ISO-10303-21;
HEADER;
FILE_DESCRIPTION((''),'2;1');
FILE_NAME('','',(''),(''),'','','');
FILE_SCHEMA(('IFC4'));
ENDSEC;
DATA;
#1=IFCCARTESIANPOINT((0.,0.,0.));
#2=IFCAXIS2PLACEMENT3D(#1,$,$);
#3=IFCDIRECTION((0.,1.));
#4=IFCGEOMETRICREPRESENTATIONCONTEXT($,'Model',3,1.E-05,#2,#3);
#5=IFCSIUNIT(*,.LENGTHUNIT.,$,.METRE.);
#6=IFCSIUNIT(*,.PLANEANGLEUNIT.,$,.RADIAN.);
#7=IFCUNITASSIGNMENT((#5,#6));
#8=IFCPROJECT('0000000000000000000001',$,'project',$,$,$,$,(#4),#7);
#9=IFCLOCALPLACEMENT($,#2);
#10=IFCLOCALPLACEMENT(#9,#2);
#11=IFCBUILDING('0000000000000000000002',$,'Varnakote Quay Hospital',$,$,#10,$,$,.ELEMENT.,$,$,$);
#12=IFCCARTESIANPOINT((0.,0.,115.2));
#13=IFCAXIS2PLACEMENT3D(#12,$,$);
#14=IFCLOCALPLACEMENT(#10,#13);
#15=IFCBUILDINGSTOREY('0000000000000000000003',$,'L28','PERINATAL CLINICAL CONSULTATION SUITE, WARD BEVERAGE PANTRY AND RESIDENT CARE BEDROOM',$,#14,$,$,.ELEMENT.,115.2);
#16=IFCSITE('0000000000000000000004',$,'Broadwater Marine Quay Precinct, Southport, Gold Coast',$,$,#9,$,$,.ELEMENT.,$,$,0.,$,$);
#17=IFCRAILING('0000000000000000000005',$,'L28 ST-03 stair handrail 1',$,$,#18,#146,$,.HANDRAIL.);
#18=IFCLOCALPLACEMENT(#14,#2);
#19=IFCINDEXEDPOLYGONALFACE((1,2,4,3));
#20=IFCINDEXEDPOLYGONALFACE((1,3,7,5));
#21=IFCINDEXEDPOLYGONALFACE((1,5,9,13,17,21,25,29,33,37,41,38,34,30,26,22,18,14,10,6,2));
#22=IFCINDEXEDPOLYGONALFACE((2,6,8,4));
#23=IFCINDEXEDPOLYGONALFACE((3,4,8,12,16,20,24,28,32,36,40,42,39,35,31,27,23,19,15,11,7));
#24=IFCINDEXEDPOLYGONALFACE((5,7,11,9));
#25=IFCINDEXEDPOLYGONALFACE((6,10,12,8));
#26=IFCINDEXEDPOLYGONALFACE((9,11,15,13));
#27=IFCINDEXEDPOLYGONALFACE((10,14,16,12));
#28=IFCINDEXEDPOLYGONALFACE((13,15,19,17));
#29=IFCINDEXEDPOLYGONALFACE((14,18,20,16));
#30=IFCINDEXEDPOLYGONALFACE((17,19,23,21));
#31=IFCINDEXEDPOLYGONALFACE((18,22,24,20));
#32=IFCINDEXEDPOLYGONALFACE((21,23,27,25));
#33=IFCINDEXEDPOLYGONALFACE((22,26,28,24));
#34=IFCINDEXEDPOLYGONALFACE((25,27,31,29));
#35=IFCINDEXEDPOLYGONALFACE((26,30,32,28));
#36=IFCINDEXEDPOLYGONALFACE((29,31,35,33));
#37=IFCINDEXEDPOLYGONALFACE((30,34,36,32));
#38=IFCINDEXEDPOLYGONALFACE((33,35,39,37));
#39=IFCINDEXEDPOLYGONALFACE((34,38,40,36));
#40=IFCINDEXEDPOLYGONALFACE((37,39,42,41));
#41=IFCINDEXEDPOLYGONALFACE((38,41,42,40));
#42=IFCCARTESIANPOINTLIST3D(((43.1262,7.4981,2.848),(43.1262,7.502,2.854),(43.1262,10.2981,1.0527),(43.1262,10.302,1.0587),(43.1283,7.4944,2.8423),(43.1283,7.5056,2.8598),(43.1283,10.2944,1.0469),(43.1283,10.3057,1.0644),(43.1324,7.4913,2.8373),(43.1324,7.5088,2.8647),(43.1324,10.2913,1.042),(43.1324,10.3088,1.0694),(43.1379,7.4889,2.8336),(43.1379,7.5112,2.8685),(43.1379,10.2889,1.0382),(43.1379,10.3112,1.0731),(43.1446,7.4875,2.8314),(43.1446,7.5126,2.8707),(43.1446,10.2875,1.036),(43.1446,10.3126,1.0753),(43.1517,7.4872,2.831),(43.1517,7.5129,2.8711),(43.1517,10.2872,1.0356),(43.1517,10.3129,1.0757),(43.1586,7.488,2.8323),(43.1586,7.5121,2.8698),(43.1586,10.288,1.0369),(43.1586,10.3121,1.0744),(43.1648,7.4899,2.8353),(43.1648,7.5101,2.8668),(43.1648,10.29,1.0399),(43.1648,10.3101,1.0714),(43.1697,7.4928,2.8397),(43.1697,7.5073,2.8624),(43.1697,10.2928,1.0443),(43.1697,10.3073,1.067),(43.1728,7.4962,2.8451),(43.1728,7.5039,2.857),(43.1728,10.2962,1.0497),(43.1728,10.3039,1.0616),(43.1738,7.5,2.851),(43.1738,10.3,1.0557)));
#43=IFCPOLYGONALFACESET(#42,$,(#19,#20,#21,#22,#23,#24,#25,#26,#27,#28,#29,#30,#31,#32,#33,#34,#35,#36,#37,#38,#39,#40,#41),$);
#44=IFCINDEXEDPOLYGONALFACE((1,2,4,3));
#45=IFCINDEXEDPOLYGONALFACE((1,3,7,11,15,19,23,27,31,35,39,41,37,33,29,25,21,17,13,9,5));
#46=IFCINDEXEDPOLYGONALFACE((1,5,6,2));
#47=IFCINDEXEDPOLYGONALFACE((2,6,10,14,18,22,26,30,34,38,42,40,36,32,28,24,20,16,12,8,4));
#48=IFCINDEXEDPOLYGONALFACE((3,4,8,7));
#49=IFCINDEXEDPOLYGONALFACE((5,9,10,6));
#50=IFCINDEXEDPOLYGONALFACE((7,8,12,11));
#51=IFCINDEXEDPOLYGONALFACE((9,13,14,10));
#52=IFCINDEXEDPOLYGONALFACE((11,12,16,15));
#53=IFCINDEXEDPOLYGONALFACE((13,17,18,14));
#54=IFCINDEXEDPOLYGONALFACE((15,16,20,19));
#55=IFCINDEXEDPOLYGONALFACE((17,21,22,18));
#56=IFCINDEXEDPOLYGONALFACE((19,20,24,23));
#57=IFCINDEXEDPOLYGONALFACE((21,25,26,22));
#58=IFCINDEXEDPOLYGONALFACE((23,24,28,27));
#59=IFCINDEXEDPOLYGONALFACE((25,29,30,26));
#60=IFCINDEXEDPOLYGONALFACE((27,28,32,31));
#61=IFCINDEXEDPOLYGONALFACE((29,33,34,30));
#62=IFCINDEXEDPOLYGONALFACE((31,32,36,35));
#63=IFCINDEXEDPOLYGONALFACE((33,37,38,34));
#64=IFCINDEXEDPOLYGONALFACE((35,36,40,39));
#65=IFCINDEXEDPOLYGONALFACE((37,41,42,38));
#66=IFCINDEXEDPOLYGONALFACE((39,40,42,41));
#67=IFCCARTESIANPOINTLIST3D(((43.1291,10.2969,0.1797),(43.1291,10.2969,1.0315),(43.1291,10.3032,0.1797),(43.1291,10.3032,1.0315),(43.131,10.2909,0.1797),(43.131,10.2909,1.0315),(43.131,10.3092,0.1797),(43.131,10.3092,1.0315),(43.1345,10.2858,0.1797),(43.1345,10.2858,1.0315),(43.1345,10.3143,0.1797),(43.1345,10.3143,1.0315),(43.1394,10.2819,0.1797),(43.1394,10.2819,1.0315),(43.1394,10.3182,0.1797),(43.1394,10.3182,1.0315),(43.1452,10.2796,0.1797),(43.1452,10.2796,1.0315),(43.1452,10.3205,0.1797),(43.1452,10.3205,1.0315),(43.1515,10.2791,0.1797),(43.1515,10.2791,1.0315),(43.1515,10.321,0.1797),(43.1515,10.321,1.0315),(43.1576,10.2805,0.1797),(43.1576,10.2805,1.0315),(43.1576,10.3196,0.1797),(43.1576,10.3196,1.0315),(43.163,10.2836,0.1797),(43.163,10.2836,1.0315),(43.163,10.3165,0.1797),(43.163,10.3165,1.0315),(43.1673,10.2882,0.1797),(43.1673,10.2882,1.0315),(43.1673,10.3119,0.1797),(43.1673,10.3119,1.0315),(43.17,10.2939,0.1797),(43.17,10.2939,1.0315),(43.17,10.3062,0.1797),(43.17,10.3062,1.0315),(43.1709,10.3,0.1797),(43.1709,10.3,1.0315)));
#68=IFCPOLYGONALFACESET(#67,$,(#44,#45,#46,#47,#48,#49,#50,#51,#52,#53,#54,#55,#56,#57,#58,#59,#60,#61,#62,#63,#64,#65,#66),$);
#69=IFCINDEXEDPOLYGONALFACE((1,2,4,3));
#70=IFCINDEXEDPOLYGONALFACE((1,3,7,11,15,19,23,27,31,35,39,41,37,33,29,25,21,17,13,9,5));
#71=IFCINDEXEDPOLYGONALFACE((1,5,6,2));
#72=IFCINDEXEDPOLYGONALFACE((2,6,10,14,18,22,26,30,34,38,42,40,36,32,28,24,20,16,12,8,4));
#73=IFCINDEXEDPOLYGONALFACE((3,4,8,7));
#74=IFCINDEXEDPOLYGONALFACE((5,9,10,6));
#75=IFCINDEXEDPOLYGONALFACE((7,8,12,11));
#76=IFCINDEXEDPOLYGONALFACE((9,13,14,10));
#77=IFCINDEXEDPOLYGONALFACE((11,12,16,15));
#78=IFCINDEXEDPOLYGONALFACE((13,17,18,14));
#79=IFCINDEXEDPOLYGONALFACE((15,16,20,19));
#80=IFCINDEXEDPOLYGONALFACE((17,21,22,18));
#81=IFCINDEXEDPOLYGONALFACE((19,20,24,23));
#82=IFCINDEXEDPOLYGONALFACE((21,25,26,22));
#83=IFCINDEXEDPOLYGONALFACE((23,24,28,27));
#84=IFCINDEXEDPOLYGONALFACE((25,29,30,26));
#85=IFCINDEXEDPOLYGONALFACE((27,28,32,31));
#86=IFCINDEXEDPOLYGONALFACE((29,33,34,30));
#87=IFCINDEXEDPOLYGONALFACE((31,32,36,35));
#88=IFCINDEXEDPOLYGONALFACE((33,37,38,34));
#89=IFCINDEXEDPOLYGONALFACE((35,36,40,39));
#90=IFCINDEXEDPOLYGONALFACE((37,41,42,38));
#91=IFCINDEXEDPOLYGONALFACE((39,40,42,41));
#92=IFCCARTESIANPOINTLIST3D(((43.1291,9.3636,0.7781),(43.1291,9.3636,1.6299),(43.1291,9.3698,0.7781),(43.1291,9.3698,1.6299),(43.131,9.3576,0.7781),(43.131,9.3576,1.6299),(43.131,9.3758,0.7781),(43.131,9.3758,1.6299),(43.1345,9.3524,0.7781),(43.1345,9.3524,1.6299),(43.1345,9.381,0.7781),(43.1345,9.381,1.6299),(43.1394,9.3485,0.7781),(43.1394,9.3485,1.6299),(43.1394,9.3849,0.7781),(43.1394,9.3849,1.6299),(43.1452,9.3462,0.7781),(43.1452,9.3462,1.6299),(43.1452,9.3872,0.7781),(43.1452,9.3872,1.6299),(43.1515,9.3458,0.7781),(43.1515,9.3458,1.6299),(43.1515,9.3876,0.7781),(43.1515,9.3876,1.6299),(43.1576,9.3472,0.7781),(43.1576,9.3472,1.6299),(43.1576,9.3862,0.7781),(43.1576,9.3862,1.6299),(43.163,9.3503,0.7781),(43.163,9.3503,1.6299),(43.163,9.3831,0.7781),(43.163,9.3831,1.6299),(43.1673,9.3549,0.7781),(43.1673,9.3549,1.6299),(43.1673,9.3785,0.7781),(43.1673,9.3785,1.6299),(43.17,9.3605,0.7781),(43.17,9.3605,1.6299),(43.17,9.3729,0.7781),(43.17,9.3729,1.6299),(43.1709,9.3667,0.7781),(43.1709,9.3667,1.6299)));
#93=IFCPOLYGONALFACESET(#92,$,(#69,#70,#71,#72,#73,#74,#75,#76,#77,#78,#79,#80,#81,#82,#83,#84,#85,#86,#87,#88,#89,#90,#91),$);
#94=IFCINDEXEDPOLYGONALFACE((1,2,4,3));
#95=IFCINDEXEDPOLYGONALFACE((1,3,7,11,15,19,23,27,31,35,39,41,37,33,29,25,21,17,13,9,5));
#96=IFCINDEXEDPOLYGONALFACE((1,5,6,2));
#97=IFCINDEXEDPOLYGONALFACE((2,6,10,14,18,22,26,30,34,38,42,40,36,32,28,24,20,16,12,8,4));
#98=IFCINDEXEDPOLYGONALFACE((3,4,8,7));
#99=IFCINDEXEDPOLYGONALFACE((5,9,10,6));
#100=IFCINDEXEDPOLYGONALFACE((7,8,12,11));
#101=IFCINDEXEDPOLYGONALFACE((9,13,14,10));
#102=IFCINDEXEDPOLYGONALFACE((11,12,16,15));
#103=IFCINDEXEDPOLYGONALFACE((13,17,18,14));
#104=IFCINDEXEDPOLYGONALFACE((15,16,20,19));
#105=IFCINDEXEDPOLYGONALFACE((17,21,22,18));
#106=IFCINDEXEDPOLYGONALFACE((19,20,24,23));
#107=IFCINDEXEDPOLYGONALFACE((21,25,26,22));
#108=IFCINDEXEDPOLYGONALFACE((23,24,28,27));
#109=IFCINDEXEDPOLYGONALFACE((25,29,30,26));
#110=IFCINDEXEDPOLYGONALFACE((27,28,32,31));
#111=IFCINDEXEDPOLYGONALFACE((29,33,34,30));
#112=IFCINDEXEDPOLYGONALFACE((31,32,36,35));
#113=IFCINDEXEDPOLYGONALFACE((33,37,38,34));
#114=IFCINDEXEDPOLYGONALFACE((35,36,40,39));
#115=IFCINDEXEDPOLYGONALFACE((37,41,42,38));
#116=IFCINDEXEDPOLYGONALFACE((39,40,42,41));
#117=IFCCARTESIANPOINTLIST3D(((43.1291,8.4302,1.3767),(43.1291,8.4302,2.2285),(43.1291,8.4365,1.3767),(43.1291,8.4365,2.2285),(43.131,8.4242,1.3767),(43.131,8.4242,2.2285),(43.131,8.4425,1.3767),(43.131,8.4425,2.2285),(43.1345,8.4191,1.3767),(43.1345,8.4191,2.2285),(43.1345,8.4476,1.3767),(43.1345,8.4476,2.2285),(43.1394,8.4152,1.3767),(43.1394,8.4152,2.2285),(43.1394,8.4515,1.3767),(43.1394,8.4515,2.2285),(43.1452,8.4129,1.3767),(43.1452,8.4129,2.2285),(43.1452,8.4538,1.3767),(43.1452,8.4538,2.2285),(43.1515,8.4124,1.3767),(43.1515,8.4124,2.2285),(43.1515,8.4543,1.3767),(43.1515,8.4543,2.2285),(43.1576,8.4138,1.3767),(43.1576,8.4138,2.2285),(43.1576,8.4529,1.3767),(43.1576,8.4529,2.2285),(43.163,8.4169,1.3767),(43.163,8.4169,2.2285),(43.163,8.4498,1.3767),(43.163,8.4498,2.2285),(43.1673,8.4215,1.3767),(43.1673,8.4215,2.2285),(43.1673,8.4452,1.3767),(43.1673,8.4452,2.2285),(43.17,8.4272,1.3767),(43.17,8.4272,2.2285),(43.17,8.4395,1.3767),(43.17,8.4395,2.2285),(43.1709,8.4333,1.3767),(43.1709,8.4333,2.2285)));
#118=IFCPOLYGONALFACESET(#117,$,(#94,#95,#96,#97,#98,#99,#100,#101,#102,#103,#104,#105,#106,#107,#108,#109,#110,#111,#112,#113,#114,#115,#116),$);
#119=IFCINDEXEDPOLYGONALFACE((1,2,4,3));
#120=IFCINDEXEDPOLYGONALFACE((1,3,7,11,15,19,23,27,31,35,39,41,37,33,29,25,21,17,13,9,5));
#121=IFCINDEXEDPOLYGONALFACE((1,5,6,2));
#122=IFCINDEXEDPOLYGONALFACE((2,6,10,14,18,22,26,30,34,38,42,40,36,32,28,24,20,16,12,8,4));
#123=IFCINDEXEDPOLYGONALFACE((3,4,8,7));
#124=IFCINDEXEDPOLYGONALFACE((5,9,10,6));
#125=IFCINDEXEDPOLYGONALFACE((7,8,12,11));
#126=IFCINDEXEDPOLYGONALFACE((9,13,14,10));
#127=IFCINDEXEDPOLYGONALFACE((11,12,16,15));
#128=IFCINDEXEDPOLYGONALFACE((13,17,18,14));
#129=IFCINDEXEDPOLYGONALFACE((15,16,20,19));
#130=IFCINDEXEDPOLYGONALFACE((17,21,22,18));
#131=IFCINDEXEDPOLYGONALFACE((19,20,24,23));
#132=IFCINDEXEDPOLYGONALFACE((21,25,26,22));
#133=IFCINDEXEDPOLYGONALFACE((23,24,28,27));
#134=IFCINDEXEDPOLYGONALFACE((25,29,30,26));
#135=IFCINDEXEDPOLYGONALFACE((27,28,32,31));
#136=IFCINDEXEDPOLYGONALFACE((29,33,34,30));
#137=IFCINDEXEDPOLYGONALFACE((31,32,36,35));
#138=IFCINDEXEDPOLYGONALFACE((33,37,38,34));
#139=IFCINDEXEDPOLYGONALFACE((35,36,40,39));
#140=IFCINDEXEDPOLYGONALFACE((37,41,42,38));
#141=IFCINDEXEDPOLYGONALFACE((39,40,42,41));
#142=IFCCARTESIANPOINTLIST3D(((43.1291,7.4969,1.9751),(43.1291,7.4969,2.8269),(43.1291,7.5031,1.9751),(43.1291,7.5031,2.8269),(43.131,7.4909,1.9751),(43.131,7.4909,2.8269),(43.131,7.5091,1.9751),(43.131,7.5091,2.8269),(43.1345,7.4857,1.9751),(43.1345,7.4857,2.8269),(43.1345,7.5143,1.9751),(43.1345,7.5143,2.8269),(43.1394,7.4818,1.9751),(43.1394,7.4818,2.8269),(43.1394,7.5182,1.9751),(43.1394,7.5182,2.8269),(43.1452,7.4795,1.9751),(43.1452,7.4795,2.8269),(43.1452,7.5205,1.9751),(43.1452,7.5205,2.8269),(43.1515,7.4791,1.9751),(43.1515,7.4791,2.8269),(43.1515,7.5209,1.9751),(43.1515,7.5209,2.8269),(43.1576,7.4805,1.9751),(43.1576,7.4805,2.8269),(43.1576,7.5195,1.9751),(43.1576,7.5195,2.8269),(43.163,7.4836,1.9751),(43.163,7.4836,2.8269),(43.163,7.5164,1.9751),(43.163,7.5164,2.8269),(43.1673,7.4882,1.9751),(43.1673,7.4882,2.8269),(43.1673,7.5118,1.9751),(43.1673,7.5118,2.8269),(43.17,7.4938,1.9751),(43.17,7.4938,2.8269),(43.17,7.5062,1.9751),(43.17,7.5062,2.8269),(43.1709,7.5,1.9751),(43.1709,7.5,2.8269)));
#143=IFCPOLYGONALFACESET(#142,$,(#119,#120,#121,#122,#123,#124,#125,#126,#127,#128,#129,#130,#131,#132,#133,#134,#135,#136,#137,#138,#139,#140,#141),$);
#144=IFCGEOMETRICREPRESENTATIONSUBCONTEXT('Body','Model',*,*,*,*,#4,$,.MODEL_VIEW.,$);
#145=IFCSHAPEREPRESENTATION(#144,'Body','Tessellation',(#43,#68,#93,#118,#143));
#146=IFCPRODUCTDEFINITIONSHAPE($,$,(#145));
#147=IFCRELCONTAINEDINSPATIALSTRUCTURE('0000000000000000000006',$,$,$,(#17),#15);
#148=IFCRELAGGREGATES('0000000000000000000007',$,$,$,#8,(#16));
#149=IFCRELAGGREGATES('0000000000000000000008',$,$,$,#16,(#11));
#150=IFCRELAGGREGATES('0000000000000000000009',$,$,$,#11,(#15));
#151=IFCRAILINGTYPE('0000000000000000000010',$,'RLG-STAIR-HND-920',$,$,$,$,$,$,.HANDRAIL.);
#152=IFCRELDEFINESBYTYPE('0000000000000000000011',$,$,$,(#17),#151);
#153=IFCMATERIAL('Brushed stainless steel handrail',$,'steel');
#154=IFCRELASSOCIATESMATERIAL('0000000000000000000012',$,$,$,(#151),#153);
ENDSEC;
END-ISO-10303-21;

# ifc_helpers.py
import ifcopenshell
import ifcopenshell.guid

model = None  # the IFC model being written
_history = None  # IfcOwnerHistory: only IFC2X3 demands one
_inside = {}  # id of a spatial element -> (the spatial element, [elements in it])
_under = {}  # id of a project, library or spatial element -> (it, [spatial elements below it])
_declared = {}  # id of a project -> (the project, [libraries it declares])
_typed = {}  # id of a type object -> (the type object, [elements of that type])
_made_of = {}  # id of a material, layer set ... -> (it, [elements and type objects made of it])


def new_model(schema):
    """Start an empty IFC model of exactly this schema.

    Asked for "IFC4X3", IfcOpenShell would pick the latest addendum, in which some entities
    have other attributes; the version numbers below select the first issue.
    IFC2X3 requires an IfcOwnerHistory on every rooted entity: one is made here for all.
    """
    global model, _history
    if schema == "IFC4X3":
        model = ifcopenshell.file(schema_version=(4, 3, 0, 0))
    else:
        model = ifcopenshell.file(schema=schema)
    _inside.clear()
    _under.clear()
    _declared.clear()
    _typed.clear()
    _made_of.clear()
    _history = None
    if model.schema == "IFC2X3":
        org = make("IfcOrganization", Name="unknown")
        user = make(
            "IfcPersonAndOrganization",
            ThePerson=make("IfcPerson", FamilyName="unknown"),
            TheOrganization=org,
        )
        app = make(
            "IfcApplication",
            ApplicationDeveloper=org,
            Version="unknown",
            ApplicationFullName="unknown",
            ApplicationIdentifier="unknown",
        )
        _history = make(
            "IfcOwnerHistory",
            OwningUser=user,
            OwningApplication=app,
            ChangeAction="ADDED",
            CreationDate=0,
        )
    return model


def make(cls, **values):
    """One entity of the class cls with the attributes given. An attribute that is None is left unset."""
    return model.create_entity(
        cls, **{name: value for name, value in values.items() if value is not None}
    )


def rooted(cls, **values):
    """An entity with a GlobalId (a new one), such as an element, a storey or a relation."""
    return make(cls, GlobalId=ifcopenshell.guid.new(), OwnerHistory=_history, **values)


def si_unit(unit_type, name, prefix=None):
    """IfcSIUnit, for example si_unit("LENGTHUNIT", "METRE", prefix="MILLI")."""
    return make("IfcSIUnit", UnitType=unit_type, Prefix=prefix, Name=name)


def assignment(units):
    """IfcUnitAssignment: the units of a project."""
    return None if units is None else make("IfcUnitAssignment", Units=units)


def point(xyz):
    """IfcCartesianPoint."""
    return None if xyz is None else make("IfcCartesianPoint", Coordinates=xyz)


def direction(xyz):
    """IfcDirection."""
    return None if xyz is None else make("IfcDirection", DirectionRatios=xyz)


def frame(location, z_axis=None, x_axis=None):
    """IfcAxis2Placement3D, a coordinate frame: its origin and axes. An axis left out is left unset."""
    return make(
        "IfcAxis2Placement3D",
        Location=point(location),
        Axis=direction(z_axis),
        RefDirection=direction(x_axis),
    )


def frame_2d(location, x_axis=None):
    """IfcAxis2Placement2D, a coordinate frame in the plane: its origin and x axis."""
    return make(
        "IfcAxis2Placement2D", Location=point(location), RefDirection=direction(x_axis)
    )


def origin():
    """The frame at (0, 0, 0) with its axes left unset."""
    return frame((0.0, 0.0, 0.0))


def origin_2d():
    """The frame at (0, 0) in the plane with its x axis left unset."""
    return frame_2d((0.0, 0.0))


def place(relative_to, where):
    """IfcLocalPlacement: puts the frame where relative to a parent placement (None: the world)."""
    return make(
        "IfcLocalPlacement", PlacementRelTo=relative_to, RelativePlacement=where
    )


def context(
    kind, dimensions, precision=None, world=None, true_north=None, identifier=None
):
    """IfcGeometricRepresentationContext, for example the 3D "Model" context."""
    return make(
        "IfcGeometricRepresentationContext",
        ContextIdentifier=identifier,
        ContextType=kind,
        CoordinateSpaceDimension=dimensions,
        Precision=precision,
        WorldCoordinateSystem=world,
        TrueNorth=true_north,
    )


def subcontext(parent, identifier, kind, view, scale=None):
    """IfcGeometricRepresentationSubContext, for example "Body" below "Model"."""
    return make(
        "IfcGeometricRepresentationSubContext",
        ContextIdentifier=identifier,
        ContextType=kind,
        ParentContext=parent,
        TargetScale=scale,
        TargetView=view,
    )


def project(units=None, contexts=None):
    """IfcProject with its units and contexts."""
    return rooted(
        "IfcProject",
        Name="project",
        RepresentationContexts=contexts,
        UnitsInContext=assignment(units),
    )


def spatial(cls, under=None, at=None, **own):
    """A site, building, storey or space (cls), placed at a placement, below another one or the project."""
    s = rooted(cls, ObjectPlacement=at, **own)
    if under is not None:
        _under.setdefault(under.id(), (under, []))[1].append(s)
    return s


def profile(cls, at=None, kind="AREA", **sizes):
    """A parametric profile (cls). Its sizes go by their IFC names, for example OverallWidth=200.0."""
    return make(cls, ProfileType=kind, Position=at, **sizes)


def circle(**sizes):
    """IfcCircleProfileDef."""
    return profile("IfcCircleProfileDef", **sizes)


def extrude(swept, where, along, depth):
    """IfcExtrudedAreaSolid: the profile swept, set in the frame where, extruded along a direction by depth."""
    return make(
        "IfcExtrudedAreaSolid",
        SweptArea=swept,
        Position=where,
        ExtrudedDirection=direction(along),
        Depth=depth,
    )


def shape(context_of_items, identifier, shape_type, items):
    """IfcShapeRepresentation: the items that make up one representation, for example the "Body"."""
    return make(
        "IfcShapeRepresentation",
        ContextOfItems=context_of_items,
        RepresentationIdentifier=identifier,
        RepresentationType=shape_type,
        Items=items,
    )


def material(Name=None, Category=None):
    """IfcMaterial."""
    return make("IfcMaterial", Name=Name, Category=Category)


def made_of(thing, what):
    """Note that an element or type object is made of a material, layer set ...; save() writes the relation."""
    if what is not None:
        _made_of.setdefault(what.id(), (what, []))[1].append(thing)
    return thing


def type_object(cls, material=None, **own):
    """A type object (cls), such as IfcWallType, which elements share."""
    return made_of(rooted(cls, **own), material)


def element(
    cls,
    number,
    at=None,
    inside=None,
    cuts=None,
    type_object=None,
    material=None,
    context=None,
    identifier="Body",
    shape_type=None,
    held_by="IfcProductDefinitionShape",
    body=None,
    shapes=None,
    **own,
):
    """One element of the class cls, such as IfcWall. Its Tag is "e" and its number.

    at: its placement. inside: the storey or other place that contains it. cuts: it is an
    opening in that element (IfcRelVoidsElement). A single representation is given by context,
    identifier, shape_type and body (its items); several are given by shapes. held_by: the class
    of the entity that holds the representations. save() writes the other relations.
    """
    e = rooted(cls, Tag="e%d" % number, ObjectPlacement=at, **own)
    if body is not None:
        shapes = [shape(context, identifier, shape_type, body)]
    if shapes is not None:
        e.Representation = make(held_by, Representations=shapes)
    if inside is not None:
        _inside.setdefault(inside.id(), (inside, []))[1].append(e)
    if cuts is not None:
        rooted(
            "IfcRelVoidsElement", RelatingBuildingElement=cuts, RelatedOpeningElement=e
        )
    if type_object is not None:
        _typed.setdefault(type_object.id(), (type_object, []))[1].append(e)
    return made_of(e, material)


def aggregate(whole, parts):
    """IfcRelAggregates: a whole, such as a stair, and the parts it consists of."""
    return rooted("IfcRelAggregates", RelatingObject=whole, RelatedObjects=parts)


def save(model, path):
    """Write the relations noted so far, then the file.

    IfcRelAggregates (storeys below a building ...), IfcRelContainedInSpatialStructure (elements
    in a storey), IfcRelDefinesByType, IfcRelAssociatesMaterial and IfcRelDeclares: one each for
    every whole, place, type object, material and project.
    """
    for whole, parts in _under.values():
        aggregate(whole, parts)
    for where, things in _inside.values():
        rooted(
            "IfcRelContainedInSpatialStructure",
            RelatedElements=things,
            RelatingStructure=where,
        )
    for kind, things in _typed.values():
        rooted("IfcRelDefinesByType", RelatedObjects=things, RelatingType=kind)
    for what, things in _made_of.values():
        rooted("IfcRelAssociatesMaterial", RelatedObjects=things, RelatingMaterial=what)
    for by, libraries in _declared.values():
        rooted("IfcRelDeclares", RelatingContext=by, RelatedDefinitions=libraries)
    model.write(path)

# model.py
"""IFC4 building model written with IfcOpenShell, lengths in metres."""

from ifc_helpers import new_model, si_unit, direction, frame, origin, origin_2d, place, context, subcontext, project, spatial, circle, extrude, material, type_object, element, save


model = new_model("IFC4")

# Units and contexts
model_context = context("Model", 3, precision=1e-05, world=origin(), true_north=direction((0.0, 1.0)))
body_context = subcontext(model_context, "Body", "Model", "MODEL_VIEW")
ifc_project = project(units=[si_unit("LENGTHUNIT", "METRE"), si_unit("PLANEANGLEUNIT", "RADIAN")], contexts=[model_context])

# Site, building, storey
site_placement = place(None, origin())
site = spatial("IfcSite", under=ifc_project, at=site_placement, Name="Broadwater Marine Quay Precinct, Southport, Gold Coast", CompositionType="ELEMENT", RefElevation=0.0)
building_placement = place(site_placement, origin())
building = spatial("IfcBuilding", under=site, at=building_placement, Name="Varnakote Quay Hospital", CompositionType="ELEMENT")
storey_placement = place(building_placement, frame((0.0, 0.0, 115.2)))
storey = spatial("IfcBuildingStorey", under=building, at=storey_placement, Name="L28", Description="PERINATAL CLINICAL CONSULTATION SUITE, WARD BEVERAGE PANTRY AND RESIDENT CARE BEDROOM", CompositionType="ELEMENT", Elevation=115.2)

# Railing
ifc_material_1 = material(Name="Brushed stainless steel handrail", Category="steel")
railing_type_1 = type_object("IfcRailingType", Name="RLG-STAIR-HND-920", PredefinedType="HANDRAIL", material=ifc_material_1)
railing_1_placement = place(storey_placement, frame((43.1499, 10.3, 0.1797)))
element("IfcRailing", 1, at=railing_1_placement, inside=storey, type_object=railing_type_1, Name="L28 ST-03 stair handrail 1", PredefinedType="HANDRAIL", context=body_context, shape_type="SweptSolid", body=[
    extrude(circle(Radius=0.0239, at=origin_2d()), frame((0.0, 0.0, 0.876), z_axis=(0.0, -0.84181, 0.539774), x_axis=(1.0, 0.0, 0.0)), (0.0, 0.0, 1.0), 3.3262),
    extrude(circle(Radius=0.021, at=origin_2d()), origin(), (0.0, 0.0, 1.0), 0.8518),
    extrude(circle(Radius=0.021, at=origin_2d()), frame((0.0, -0.9333, 0.5984)), (0.0, 0.0, 1.0), 0.8518),
    extrude(circle(Radius=0.021, at=origin_2d()), frame((0.0, -1.8667, 1.197)), (0.0, 0.0, 1.0), 0.8518),
    extrude(circle(Radius=0.021, at=origin_2d()), frame((0.0, -2.8, 1.7954)), (0.0, 0.0, 1.0), 0.8518),
])

save(model, "model.ifc")
